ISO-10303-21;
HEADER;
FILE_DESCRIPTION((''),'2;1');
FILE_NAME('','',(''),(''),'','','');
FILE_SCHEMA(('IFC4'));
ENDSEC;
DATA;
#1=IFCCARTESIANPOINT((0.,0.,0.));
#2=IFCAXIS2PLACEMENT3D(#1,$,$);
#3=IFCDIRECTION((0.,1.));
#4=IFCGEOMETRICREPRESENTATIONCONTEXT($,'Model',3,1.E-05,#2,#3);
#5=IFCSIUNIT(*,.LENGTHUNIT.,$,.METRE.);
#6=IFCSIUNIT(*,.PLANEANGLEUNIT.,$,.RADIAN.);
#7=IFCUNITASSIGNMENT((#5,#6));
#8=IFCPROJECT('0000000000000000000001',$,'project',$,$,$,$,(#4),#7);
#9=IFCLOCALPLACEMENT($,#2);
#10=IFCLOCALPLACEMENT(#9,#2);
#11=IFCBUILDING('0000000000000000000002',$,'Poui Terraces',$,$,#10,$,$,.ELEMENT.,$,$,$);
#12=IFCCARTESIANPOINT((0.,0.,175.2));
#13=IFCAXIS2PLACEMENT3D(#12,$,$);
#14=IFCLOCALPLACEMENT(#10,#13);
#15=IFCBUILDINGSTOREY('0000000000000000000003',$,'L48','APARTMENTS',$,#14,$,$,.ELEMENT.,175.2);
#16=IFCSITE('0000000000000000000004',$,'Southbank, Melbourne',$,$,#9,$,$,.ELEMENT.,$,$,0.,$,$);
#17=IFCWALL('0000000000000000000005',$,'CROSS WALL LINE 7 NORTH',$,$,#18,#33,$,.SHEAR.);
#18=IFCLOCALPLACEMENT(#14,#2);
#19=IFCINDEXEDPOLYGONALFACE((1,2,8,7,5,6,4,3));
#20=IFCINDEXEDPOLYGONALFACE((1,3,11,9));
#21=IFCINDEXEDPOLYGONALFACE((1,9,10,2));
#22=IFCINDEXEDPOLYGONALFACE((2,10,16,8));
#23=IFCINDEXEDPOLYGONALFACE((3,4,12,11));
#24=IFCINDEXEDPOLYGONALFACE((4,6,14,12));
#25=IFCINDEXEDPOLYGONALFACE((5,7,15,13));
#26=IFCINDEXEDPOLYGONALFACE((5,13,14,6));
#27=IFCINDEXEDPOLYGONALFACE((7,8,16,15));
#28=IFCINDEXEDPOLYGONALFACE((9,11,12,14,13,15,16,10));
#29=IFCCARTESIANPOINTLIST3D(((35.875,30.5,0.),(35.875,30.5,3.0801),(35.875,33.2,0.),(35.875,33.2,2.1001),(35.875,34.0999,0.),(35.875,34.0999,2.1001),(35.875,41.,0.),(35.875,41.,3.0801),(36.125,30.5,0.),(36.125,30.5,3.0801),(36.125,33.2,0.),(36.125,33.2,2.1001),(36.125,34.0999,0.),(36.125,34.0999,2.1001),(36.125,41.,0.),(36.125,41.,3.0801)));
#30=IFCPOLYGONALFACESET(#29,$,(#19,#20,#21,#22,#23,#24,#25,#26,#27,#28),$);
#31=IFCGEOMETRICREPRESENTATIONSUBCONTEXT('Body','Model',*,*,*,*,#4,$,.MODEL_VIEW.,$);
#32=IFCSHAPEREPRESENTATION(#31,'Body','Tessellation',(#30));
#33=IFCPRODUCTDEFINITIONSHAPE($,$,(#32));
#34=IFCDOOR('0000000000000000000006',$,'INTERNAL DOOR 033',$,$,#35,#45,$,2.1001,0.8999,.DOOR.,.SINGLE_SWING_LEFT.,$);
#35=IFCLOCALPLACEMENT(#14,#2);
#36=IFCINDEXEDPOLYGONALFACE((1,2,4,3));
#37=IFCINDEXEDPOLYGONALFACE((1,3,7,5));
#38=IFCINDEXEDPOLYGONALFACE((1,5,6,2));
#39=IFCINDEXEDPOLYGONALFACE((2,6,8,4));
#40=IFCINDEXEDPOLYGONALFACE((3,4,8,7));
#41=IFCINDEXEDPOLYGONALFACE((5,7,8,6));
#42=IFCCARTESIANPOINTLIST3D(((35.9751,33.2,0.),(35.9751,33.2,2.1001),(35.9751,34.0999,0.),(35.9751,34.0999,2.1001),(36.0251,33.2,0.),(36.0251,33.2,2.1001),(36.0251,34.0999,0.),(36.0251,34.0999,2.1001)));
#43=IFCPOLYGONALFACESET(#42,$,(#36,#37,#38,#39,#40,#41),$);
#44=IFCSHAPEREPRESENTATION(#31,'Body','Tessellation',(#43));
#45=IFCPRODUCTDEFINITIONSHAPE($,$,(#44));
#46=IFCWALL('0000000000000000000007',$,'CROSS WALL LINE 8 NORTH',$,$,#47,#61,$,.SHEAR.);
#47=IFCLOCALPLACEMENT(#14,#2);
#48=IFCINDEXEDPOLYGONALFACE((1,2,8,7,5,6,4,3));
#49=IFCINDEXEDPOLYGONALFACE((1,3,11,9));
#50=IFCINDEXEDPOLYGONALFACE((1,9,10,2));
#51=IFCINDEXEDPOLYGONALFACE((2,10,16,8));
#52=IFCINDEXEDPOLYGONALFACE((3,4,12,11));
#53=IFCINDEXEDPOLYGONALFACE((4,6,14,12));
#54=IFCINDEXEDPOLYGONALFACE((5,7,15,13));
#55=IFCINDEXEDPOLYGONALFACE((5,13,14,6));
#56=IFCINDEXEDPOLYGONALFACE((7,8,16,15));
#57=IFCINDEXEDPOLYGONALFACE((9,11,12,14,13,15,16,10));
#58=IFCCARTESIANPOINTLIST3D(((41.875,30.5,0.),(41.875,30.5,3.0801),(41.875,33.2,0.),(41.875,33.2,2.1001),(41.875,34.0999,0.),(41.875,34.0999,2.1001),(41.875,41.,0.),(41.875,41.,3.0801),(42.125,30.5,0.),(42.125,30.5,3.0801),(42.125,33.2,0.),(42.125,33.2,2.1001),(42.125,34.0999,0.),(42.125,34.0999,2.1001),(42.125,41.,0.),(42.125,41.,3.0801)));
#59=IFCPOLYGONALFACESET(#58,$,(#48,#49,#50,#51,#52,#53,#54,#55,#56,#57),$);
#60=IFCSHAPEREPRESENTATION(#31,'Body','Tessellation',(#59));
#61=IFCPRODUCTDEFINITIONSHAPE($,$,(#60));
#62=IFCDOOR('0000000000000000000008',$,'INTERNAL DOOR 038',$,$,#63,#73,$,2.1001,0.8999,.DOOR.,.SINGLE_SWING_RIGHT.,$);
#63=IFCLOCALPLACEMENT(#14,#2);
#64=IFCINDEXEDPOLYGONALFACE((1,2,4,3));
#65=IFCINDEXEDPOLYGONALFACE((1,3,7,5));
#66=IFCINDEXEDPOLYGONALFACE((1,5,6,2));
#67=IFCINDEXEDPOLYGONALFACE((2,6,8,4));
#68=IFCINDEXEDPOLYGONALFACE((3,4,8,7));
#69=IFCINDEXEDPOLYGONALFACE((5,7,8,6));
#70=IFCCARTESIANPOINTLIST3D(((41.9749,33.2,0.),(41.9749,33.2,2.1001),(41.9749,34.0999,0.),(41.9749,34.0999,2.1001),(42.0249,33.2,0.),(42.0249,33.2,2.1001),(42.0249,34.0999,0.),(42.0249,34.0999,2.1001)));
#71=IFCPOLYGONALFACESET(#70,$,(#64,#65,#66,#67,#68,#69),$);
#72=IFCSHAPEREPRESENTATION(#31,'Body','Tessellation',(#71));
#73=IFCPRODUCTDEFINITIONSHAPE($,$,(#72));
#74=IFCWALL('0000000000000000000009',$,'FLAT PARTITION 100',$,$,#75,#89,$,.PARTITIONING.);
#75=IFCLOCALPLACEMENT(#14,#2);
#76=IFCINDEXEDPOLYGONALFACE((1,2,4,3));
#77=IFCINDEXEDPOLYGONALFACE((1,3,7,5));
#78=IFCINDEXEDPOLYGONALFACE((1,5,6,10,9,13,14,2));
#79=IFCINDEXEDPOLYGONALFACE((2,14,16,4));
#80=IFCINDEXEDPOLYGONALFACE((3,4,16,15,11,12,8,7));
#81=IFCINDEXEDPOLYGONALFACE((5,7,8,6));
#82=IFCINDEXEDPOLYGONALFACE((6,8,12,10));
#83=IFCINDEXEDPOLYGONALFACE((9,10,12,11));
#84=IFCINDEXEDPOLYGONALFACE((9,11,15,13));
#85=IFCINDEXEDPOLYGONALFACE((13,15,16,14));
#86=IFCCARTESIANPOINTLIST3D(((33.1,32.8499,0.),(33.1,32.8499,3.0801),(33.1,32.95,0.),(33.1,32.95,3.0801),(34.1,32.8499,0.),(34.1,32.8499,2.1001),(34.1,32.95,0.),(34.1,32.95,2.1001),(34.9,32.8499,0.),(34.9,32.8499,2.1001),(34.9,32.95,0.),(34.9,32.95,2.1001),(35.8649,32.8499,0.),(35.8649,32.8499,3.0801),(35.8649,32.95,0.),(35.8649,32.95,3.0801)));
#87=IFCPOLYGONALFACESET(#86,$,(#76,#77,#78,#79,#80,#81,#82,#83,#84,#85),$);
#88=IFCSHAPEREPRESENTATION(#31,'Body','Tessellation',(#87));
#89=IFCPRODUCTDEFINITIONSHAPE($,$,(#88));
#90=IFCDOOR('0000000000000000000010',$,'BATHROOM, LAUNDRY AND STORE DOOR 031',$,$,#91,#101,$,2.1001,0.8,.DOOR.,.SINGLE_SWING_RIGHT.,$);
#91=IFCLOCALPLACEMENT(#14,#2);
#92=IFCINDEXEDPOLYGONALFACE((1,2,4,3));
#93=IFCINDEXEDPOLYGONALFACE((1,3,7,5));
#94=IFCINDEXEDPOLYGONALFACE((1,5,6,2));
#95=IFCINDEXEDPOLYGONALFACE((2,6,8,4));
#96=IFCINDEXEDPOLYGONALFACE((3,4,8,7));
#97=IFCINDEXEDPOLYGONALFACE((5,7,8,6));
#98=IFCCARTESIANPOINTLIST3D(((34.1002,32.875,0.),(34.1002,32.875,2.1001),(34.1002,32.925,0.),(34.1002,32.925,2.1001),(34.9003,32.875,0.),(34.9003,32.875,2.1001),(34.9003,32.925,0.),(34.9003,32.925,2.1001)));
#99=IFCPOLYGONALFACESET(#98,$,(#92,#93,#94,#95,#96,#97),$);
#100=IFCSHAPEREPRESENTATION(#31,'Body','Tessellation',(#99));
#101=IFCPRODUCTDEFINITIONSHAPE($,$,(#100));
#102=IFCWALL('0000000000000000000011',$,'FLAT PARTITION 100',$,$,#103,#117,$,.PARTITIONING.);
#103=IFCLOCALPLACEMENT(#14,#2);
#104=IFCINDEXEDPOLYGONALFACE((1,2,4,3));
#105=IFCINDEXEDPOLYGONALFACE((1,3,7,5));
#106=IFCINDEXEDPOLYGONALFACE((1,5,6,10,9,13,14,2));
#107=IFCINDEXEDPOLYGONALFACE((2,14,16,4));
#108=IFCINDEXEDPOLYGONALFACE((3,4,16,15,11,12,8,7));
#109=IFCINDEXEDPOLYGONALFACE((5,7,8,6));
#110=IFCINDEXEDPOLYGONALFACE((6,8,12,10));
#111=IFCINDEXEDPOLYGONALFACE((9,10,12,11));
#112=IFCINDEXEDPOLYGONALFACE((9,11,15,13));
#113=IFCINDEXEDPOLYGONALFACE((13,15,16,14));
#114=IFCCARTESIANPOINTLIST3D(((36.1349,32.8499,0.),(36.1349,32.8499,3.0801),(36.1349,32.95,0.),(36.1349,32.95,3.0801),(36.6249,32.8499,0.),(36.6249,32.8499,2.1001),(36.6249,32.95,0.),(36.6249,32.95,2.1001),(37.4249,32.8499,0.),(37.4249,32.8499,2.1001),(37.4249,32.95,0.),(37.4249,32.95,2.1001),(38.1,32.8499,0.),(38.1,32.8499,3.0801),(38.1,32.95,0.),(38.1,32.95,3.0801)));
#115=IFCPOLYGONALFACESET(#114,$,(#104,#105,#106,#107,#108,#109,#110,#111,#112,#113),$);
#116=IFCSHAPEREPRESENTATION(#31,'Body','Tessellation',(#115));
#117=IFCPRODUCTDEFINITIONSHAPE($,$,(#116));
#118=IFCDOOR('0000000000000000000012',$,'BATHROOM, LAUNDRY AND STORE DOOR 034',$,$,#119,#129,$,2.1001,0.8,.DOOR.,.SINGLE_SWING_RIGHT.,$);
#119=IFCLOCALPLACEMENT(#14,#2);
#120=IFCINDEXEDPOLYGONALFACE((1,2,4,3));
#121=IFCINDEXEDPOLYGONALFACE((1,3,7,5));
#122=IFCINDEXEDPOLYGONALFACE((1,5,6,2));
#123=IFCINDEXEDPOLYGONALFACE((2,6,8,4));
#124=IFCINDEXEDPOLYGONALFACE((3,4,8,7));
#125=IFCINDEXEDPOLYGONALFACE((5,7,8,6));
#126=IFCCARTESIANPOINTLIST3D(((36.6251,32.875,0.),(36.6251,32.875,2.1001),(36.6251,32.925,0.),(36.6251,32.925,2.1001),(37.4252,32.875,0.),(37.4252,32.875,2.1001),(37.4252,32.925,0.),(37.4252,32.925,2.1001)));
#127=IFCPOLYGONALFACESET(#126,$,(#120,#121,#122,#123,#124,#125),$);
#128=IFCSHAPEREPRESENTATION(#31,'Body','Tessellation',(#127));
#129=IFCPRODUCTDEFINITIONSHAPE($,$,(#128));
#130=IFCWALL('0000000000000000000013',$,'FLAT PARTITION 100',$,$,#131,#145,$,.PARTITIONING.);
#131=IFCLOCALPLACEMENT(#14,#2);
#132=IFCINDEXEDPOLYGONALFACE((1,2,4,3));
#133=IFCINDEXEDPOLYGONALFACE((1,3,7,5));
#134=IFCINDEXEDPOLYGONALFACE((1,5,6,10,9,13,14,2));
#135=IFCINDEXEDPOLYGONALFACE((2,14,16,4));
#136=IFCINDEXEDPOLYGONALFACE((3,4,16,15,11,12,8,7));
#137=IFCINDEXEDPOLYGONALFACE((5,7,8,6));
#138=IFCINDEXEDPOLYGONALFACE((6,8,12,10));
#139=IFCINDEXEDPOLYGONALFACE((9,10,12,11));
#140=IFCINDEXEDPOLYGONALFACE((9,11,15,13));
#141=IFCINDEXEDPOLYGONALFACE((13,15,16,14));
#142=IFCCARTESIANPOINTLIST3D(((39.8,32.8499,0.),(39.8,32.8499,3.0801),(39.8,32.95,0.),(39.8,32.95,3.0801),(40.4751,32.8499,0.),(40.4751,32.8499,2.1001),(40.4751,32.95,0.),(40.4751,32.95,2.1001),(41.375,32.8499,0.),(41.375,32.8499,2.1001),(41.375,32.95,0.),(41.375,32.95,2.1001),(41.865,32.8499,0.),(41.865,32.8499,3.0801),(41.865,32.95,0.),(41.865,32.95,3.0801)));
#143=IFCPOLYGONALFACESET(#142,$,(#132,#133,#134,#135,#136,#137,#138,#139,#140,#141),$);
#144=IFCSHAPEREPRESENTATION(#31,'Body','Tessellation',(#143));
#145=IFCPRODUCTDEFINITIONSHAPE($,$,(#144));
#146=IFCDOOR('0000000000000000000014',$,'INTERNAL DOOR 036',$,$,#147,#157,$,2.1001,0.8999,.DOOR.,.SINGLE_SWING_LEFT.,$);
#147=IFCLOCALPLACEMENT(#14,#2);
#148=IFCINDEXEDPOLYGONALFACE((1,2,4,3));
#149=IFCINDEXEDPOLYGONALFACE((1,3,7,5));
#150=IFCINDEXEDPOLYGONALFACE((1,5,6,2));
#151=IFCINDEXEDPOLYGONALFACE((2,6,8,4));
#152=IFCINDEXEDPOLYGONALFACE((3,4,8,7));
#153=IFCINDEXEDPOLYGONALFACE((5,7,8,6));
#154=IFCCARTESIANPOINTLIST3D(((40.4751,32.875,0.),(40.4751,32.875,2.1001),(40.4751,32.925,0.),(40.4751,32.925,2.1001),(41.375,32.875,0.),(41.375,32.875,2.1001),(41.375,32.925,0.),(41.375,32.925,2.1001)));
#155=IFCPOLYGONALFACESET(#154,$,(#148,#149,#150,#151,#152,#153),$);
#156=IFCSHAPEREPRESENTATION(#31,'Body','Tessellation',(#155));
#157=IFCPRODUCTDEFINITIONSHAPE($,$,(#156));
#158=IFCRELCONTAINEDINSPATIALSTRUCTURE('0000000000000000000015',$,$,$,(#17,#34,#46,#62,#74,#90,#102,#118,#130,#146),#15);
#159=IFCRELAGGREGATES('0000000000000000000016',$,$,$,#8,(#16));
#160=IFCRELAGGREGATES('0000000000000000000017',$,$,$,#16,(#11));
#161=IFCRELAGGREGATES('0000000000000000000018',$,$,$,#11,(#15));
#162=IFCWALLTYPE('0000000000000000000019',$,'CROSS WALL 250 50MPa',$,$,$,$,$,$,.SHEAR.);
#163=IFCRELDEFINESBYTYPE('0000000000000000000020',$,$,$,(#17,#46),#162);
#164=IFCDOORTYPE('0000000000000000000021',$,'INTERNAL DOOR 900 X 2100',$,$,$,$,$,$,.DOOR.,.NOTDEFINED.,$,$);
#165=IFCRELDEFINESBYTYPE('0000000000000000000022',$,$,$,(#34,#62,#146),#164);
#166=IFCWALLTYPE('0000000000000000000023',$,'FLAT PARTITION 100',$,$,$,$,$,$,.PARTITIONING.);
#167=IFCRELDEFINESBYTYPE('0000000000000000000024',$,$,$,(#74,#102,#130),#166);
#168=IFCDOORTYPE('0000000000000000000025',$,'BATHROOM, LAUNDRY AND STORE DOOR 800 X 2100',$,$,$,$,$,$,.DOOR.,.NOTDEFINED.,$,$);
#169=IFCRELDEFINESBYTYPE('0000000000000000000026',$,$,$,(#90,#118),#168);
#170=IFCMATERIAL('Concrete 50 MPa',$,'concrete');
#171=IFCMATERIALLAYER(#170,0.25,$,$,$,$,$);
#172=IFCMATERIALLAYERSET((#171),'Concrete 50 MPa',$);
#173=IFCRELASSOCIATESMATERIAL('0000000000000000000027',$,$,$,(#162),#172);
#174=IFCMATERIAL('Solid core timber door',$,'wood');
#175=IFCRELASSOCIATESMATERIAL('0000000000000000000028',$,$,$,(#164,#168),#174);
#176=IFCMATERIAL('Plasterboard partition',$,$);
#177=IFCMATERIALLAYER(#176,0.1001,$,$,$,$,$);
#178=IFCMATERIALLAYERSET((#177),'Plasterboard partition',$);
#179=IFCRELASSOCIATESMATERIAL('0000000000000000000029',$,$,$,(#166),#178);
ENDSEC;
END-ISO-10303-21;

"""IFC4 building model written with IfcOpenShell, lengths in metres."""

from ifc_helpers import new_model, si_unit, direction, frame, frame_2d, origin, place, context, subcontext, project, spatial, rectangle, extrude, material, layer, layer_set, type_object, element, fill, save


model = new_model("IFC4")

# Units and contexts
model_context = context("Model", 3, precision=1e-05, world=origin(), true_north=direction((0.0, 1.0)))
body_context = subcontext(model_context, "Body", "Model", "MODEL_VIEW")
ifc_project = project(units=[si_unit("LENGTHUNIT", "METRE"), si_unit("PLANEANGLEUNIT", "RADIAN")], contexts=[model_context])

# Site, building, storey
site_placement = place(None, origin())
site = spatial("IfcSite", under=ifc_project, at=site_placement, Name="Southbank, Melbourne", CompositionType="ELEMENT", RefElevation=0.0)
building_placement = place(site_placement, origin())
building = spatial("IfcBuilding", under=site, at=building_placement, Name="Poui Terraces", CompositionType="ELEMENT")
storey_placement = place(building_placement, frame((0.0, 0.0, 175.2)))
storey = spatial("IfcBuildingStorey", under=building, at=storey_placement, Name="L48", Description="APARTMENTS", CompositionType="ELEMENT", Elevation=175.2)

# Walls, openings, doors
ifc_material_1 = material(Name="Concrete 50 MPa", Category="concrete")
ifc_layer_1 = layer(ifc_material_1, 0.25)
ifc_layer_set_1 = layer_set([ifc_layer_1], Name="Concrete 50 MPa")
wall_type_1 = type_object("IfcWallType", Name="CROSS WALL 250 50MPa", PredefinedType="SHEAR", material=ifc_layer_set_1)
wall_1_placement = place(storey_placement, frame((36.0, 30.5, 0.0), z_axis=(0.0, 0.0, 1.0), x_axis=(0.0, 1.0, 0.0)))
wall_1 = element("IfcWall", 1, at=wall_1_placement, inside=storey, type_object=wall_type_1, Name="CROSS WALL LINE 7 NORTH", PredefinedType="SHEAR", context=body_context, shape_type="SweptSolid", body=[
    extrude(rectangle(XDim=10.5, YDim=0.25, at=frame_2d((5.25, 0.0))), origin(), (0.0, 0.0, 1.0), 3.0801),
])
opening_1_placement = place(wall_1_placement, frame((2.7, 0.0, 0.0)))
opening_1 = element("IfcOpeningElement", 2, at=opening_1_placement, cuts=wall_1, PredefinedType="OPENING", context=body_context, shape_type="SweptSolid", body=[
    extrude(rectangle(XDim=0.8999, YDim=2.1001, at=frame_2d((0.45, 1.05))), frame((0.0, 0.135, 0.0), z_axis=(0.0, -1.0, 0.0), x_axis=(1.0, 0.0, 0.0)), (0.0, 0.0, 1.0), 0.27),
])
ifc_material_2 = material(Name="Solid core timber door", Category="wood")
door_type_1 = type_object("IfcDoorType", Name="INTERNAL DOOR 900 X 2100", OperationType="NOTDEFINED", PredefinedType="DOOR", material=ifc_material_2)
door_1_placement = place(opening_1_placement, origin())
door_1 = element("IfcDoor", 3, at=door_1_placement, inside=storey, type_object=door_type_1, Name="INTERNAL DOOR 033", OperationType="SINGLE_SWING_LEFT", OverallHeight=2.1001, OverallWidth=0.8999, PredefinedType="DOOR", context=body_context, shape_type="SweptSolid", body=[
    extrude(rectangle(XDim=0.8999, YDim=2.1001, at=frame_2d((0.45, 1.05))), frame((0.0, 0.0249, 0.0), z_axis=(0.0, -1.0, 0.0), x_axis=(1.0, 0.0, 0.0)), (0.0, 0.0, 1.0), 0.05),
])
fill(opening_1, door_1)
wall_2_placement = place(storey_placement, frame((42.0, 30.5, 0.0), z_axis=(0.0, 0.0, 1.0), x_axis=(0.0, 1.0, 0.0)))
wall_2 = element("IfcWall", 4, at=wall_2_placement, inside=storey, type_object=wall_type_1, Name="CROSS WALL LINE 8 NORTH", PredefinedType="SHEAR", context=body_context, shape_type="SweptSolid", body=[
    extrude(rectangle(XDim=10.5, YDim=0.25, at=frame_2d((5.25, 0.0))), origin(), (0.0, 0.0, 1.0), 3.0801),
])
opening_2_placement = place(wall_2_placement, frame((2.7, 0.0, 0.0)))
opening_2 = element("IfcOpeningElement", 5, at=opening_2_placement, cuts=wall_2, PredefinedType="OPENING", context=body_context, shape_type="SweptSolid", body=[
    extrude(rectangle(XDim=0.8999, YDim=2.1001, at=frame_2d((0.45, 1.05))), frame((0.0, 0.135, 0.0), z_axis=(0.0, -1.0, 0.0), x_axis=(1.0, 0.0, 0.0)), (0.0, 0.0, 1.0), 0.27),
])
door_2_placement = place(opening_2_placement, frame((0.8999, 0.0, 0.0), z_axis=(0.0, 0.0, 1.0), x_axis=(-1.0, 0.0, 0.0)))
door_2 = element("IfcDoor", 6, at=door_2_placement, inside=storey, type_object=door_type_1, Name="INTERNAL DOOR 038", OperationType="SINGLE_SWING_RIGHT", OverallHeight=2.1001, OverallWidth=0.8999, PredefinedType="DOOR", context=body_context, shape_type="SweptSolid", body=[
    extrude(rectangle(XDim=0.8999, YDim=2.1001, at=frame_2d((0.45, 1.05))), frame((0.0, 0.0249, 0.0), z_axis=(0.0, -1.0, 0.0), x_axis=(1.0, 0.0, 0.0)), (0.0, 0.0, 1.0), 0.05),
])
fill(opening_2, door_2)
ifc_material_3 = material(Name="Plasterboard partition")
ifc_layer_2 = layer(ifc_material_3, 0.1001)
ifc_layer_set_2 = layer_set([ifc_layer_2], Name="Plasterboard partition")
wall_type_2 = type_object("IfcWallType", Name="FLAT PARTITION 100", PredefinedType="PARTITIONING", material=ifc_layer_set_2)
wall_3_placement = place(storey_placement, frame((33.1001, 32.8999, 0.0), z_axis=(0.0, 0.0, 1.0), x_axis=(1.0, 0.0, 0.0)))
wall_3 = element("IfcWall", 7, at=wall_3_placement, inside=storey, type_object=wall_type_2, Name="FLAT PARTITION 100", PredefinedType="PARTITIONING", context=body_context, shape_type="SweptSolid", body=[
    extrude(rectangle(XDim=2.7649, YDim=0.1001, at=frame_2d((1.3823, 0.0))), origin(), (0.0, 0.0, 1.0), 3.0801),
])
opening_3_placement = place(wall_3_placement, frame((1.0, 0.0, 0.0)))
opening_3 = element("IfcOpeningElement", 8, at=opening_3_placement, cuts=wall_3, PredefinedType="OPENING", context=body_context, shape_type="SweptSolid", body=[
    extrude(rectangle(XDim=0.8, YDim=2.1001, at=frame_2d((0.3999, 1.05))), frame((0.0, 0.0601, 0.0), z_axis=(0.0, -1.0, 0.0), x_axis=(1.0, 0.0, 0.0)), (0.0, 0.0, 1.0), 0.1201),
])
door_type_2 = type_object("IfcDoorType", Name="BATHROOM, LAUNDRY AND STORE DOOR 800 X 2100", OperationType="NOTDEFINED", PredefinedType="DOOR", material=ifc_material_2)
door_3_placement = place(opening_3_placement, frame((0.8, 0.0, 0.0), z_axis=(0.0, 0.0, 1.0), x_axis=(-1.0, 0.0, 0.0)))
door_3 = element("IfcDoor", 9, at=door_3_placement, inside=storey, type_object=door_type_2, Name="BATHROOM, LAUNDRY AND STORE DOOR 031", OperationType="SINGLE_SWING_RIGHT", OverallHeight=2.1001, OverallWidth=0.8, PredefinedType="DOOR", context=body_context, shape_type="SweptSolid", body=[
    extrude(rectangle(XDim=0.8, YDim=2.1001, at=frame_2d((0.3999, 1.05))), frame((0.0, 0.0249, 0.0), z_axis=(0.0, -1.0, 0.0), x_axis=(1.0, 0.0, 0.0)), (0.0, 0.0, 1.0), 0.05),
])
fill(opening_3, door_3)
wall_4_placement = place(storey_placement, frame((36.135, 32.8999, 0.0), z_axis=(0.0, 0.0, 1.0), x_axis=(1.0, 0.0, 0.0)))
wall_4 = element("IfcWall", 10, at=wall_4_placement, inside=storey, type_object=wall_type_2, Name="FLAT PARTITION 100", PredefinedType="PARTITIONING", context=body_context, shape_type="SweptSolid", body=[
    extrude(rectangle(XDim=1.9651, YDim=0.1001, at=frame_2d((0.9824, 0.0))), origin(), (0.0, 0.0, 1.0), 3.0801),
])
opening_4_placement = place(wall_4_placement, frame((0.49, 0.0, 0.0)))
opening_4 = element("IfcOpeningElement", 11, at=opening_4_placement, cuts=wall_4, PredefinedType="OPENING", context=body_context, shape_type="SweptSolid", body=[
    extrude(rectangle(XDim=0.8, YDim=2.1001, at=frame_2d((0.3999, 1.05))), frame((0.0, 0.0601, 0.0), z_axis=(0.0, -1.0, 0.0), x_axis=(1.0, 0.0, 0.0)), (0.0, 0.0, 1.0), 0.1201),
])
door_4_placement = place(opening_4_placement, frame((0.8, 0.0, 0.0), z_axis=(0.0, 0.0, 1.0), x_axis=(-1.0, 0.0, 0.0)))
door_4 = element("IfcDoor", 12, at=door_4_placement, inside=storey, type_object=door_type_2, Name="BATHROOM, LAUNDRY AND STORE DOOR 034", OperationType="SINGLE_SWING_RIGHT", OverallHeight=2.1001, OverallWidth=0.8, PredefinedType="DOOR", context=body_context, shape_type="SweptSolid", body=[
    extrude(rectangle(XDim=0.8, YDim=2.1001, at=frame_2d((0.3999, 1.05))), frame((0.0, 0.0249, 0.0), z_axis=(0.0, -1.0, 0.0), x_axis=(1.0, 0.0, 0.0)), (0.0, 0.0, 1.0), 0.05),
])
fill(opening_4, door_4)
wall_5_placement = place(storey_placement, frame((39.8, 32.8999, 0.0), z_axis=(0.0, 0.0, 1.0), x_axis=(1.0, 0.0, 0.0)))
wall_5 = element("IfcWall", 13, at=wall_5_placement, inside=storey, type_object=wall_type_2, Name="FLAT PARTITION 100", PredefinedType="PARTITIONING", context=body_context, shape_type="SweptSolid", body=[
    extrude(rectangle(XDim=2.0649, YDim=0.1001, at=frame_2d((1.0325, 0.0))), origin(), (0.0, 0.0, 1.0), 3.0801),
])
opening_5_placement = place(wall_5_placement, frame((0.675, 0.0, 0.0)))
opening_5 = element("IfcOpeningElement", 14, at=opening_5_placement, cuts=wall_5, PredefinedType="OPENING", context=body_context, shape_type="SweptSolid", body=[
    extrude(rectangle(XDim=0.8999, YDim=2.1001, at=frame_2d((0.45, 1.05))), frame((0.0, 0.0601, 0.0), z_axis=(0.0, -1.0, 0.0), x_axis=(1.0, 0.0, 0.0)), (0.0, 0.0, 1.0), 0.1201),
])
door_5_placement = place(opening_5_placement, frame((0.8999, 0.0, 0.0), z_axis=(0.0, 0.0, 1.0), x_axis=(-1.0, 0.0, 0.0)))
door_5 = element("IfcDoor", 15, at=door_5_placement, inside=storey, type_object=door_type_1, Name="INTERNAL DOOR 036", OperationType="SINGLE_SWING_LEFT", OverallHeight=2.1001, OverallWidth=0.8999, PredefinedType="DOOR", context=body_context, shape_type="SweptSolid", body=[
    extrude(rectangle(XDim=0.8999, YDim=2.1001, at=frame_2d((0.45, 1.05))), frame((0.0, 0.0249, 0.0), z_axis=(0.0, -1.0, 0.0), x_axis=(1.0, 0.0, 0.0)), (0.0, 0.0, 1.0), 0.05),
])
fill(opening_5, door_5)

save(model, "model.ifc")
